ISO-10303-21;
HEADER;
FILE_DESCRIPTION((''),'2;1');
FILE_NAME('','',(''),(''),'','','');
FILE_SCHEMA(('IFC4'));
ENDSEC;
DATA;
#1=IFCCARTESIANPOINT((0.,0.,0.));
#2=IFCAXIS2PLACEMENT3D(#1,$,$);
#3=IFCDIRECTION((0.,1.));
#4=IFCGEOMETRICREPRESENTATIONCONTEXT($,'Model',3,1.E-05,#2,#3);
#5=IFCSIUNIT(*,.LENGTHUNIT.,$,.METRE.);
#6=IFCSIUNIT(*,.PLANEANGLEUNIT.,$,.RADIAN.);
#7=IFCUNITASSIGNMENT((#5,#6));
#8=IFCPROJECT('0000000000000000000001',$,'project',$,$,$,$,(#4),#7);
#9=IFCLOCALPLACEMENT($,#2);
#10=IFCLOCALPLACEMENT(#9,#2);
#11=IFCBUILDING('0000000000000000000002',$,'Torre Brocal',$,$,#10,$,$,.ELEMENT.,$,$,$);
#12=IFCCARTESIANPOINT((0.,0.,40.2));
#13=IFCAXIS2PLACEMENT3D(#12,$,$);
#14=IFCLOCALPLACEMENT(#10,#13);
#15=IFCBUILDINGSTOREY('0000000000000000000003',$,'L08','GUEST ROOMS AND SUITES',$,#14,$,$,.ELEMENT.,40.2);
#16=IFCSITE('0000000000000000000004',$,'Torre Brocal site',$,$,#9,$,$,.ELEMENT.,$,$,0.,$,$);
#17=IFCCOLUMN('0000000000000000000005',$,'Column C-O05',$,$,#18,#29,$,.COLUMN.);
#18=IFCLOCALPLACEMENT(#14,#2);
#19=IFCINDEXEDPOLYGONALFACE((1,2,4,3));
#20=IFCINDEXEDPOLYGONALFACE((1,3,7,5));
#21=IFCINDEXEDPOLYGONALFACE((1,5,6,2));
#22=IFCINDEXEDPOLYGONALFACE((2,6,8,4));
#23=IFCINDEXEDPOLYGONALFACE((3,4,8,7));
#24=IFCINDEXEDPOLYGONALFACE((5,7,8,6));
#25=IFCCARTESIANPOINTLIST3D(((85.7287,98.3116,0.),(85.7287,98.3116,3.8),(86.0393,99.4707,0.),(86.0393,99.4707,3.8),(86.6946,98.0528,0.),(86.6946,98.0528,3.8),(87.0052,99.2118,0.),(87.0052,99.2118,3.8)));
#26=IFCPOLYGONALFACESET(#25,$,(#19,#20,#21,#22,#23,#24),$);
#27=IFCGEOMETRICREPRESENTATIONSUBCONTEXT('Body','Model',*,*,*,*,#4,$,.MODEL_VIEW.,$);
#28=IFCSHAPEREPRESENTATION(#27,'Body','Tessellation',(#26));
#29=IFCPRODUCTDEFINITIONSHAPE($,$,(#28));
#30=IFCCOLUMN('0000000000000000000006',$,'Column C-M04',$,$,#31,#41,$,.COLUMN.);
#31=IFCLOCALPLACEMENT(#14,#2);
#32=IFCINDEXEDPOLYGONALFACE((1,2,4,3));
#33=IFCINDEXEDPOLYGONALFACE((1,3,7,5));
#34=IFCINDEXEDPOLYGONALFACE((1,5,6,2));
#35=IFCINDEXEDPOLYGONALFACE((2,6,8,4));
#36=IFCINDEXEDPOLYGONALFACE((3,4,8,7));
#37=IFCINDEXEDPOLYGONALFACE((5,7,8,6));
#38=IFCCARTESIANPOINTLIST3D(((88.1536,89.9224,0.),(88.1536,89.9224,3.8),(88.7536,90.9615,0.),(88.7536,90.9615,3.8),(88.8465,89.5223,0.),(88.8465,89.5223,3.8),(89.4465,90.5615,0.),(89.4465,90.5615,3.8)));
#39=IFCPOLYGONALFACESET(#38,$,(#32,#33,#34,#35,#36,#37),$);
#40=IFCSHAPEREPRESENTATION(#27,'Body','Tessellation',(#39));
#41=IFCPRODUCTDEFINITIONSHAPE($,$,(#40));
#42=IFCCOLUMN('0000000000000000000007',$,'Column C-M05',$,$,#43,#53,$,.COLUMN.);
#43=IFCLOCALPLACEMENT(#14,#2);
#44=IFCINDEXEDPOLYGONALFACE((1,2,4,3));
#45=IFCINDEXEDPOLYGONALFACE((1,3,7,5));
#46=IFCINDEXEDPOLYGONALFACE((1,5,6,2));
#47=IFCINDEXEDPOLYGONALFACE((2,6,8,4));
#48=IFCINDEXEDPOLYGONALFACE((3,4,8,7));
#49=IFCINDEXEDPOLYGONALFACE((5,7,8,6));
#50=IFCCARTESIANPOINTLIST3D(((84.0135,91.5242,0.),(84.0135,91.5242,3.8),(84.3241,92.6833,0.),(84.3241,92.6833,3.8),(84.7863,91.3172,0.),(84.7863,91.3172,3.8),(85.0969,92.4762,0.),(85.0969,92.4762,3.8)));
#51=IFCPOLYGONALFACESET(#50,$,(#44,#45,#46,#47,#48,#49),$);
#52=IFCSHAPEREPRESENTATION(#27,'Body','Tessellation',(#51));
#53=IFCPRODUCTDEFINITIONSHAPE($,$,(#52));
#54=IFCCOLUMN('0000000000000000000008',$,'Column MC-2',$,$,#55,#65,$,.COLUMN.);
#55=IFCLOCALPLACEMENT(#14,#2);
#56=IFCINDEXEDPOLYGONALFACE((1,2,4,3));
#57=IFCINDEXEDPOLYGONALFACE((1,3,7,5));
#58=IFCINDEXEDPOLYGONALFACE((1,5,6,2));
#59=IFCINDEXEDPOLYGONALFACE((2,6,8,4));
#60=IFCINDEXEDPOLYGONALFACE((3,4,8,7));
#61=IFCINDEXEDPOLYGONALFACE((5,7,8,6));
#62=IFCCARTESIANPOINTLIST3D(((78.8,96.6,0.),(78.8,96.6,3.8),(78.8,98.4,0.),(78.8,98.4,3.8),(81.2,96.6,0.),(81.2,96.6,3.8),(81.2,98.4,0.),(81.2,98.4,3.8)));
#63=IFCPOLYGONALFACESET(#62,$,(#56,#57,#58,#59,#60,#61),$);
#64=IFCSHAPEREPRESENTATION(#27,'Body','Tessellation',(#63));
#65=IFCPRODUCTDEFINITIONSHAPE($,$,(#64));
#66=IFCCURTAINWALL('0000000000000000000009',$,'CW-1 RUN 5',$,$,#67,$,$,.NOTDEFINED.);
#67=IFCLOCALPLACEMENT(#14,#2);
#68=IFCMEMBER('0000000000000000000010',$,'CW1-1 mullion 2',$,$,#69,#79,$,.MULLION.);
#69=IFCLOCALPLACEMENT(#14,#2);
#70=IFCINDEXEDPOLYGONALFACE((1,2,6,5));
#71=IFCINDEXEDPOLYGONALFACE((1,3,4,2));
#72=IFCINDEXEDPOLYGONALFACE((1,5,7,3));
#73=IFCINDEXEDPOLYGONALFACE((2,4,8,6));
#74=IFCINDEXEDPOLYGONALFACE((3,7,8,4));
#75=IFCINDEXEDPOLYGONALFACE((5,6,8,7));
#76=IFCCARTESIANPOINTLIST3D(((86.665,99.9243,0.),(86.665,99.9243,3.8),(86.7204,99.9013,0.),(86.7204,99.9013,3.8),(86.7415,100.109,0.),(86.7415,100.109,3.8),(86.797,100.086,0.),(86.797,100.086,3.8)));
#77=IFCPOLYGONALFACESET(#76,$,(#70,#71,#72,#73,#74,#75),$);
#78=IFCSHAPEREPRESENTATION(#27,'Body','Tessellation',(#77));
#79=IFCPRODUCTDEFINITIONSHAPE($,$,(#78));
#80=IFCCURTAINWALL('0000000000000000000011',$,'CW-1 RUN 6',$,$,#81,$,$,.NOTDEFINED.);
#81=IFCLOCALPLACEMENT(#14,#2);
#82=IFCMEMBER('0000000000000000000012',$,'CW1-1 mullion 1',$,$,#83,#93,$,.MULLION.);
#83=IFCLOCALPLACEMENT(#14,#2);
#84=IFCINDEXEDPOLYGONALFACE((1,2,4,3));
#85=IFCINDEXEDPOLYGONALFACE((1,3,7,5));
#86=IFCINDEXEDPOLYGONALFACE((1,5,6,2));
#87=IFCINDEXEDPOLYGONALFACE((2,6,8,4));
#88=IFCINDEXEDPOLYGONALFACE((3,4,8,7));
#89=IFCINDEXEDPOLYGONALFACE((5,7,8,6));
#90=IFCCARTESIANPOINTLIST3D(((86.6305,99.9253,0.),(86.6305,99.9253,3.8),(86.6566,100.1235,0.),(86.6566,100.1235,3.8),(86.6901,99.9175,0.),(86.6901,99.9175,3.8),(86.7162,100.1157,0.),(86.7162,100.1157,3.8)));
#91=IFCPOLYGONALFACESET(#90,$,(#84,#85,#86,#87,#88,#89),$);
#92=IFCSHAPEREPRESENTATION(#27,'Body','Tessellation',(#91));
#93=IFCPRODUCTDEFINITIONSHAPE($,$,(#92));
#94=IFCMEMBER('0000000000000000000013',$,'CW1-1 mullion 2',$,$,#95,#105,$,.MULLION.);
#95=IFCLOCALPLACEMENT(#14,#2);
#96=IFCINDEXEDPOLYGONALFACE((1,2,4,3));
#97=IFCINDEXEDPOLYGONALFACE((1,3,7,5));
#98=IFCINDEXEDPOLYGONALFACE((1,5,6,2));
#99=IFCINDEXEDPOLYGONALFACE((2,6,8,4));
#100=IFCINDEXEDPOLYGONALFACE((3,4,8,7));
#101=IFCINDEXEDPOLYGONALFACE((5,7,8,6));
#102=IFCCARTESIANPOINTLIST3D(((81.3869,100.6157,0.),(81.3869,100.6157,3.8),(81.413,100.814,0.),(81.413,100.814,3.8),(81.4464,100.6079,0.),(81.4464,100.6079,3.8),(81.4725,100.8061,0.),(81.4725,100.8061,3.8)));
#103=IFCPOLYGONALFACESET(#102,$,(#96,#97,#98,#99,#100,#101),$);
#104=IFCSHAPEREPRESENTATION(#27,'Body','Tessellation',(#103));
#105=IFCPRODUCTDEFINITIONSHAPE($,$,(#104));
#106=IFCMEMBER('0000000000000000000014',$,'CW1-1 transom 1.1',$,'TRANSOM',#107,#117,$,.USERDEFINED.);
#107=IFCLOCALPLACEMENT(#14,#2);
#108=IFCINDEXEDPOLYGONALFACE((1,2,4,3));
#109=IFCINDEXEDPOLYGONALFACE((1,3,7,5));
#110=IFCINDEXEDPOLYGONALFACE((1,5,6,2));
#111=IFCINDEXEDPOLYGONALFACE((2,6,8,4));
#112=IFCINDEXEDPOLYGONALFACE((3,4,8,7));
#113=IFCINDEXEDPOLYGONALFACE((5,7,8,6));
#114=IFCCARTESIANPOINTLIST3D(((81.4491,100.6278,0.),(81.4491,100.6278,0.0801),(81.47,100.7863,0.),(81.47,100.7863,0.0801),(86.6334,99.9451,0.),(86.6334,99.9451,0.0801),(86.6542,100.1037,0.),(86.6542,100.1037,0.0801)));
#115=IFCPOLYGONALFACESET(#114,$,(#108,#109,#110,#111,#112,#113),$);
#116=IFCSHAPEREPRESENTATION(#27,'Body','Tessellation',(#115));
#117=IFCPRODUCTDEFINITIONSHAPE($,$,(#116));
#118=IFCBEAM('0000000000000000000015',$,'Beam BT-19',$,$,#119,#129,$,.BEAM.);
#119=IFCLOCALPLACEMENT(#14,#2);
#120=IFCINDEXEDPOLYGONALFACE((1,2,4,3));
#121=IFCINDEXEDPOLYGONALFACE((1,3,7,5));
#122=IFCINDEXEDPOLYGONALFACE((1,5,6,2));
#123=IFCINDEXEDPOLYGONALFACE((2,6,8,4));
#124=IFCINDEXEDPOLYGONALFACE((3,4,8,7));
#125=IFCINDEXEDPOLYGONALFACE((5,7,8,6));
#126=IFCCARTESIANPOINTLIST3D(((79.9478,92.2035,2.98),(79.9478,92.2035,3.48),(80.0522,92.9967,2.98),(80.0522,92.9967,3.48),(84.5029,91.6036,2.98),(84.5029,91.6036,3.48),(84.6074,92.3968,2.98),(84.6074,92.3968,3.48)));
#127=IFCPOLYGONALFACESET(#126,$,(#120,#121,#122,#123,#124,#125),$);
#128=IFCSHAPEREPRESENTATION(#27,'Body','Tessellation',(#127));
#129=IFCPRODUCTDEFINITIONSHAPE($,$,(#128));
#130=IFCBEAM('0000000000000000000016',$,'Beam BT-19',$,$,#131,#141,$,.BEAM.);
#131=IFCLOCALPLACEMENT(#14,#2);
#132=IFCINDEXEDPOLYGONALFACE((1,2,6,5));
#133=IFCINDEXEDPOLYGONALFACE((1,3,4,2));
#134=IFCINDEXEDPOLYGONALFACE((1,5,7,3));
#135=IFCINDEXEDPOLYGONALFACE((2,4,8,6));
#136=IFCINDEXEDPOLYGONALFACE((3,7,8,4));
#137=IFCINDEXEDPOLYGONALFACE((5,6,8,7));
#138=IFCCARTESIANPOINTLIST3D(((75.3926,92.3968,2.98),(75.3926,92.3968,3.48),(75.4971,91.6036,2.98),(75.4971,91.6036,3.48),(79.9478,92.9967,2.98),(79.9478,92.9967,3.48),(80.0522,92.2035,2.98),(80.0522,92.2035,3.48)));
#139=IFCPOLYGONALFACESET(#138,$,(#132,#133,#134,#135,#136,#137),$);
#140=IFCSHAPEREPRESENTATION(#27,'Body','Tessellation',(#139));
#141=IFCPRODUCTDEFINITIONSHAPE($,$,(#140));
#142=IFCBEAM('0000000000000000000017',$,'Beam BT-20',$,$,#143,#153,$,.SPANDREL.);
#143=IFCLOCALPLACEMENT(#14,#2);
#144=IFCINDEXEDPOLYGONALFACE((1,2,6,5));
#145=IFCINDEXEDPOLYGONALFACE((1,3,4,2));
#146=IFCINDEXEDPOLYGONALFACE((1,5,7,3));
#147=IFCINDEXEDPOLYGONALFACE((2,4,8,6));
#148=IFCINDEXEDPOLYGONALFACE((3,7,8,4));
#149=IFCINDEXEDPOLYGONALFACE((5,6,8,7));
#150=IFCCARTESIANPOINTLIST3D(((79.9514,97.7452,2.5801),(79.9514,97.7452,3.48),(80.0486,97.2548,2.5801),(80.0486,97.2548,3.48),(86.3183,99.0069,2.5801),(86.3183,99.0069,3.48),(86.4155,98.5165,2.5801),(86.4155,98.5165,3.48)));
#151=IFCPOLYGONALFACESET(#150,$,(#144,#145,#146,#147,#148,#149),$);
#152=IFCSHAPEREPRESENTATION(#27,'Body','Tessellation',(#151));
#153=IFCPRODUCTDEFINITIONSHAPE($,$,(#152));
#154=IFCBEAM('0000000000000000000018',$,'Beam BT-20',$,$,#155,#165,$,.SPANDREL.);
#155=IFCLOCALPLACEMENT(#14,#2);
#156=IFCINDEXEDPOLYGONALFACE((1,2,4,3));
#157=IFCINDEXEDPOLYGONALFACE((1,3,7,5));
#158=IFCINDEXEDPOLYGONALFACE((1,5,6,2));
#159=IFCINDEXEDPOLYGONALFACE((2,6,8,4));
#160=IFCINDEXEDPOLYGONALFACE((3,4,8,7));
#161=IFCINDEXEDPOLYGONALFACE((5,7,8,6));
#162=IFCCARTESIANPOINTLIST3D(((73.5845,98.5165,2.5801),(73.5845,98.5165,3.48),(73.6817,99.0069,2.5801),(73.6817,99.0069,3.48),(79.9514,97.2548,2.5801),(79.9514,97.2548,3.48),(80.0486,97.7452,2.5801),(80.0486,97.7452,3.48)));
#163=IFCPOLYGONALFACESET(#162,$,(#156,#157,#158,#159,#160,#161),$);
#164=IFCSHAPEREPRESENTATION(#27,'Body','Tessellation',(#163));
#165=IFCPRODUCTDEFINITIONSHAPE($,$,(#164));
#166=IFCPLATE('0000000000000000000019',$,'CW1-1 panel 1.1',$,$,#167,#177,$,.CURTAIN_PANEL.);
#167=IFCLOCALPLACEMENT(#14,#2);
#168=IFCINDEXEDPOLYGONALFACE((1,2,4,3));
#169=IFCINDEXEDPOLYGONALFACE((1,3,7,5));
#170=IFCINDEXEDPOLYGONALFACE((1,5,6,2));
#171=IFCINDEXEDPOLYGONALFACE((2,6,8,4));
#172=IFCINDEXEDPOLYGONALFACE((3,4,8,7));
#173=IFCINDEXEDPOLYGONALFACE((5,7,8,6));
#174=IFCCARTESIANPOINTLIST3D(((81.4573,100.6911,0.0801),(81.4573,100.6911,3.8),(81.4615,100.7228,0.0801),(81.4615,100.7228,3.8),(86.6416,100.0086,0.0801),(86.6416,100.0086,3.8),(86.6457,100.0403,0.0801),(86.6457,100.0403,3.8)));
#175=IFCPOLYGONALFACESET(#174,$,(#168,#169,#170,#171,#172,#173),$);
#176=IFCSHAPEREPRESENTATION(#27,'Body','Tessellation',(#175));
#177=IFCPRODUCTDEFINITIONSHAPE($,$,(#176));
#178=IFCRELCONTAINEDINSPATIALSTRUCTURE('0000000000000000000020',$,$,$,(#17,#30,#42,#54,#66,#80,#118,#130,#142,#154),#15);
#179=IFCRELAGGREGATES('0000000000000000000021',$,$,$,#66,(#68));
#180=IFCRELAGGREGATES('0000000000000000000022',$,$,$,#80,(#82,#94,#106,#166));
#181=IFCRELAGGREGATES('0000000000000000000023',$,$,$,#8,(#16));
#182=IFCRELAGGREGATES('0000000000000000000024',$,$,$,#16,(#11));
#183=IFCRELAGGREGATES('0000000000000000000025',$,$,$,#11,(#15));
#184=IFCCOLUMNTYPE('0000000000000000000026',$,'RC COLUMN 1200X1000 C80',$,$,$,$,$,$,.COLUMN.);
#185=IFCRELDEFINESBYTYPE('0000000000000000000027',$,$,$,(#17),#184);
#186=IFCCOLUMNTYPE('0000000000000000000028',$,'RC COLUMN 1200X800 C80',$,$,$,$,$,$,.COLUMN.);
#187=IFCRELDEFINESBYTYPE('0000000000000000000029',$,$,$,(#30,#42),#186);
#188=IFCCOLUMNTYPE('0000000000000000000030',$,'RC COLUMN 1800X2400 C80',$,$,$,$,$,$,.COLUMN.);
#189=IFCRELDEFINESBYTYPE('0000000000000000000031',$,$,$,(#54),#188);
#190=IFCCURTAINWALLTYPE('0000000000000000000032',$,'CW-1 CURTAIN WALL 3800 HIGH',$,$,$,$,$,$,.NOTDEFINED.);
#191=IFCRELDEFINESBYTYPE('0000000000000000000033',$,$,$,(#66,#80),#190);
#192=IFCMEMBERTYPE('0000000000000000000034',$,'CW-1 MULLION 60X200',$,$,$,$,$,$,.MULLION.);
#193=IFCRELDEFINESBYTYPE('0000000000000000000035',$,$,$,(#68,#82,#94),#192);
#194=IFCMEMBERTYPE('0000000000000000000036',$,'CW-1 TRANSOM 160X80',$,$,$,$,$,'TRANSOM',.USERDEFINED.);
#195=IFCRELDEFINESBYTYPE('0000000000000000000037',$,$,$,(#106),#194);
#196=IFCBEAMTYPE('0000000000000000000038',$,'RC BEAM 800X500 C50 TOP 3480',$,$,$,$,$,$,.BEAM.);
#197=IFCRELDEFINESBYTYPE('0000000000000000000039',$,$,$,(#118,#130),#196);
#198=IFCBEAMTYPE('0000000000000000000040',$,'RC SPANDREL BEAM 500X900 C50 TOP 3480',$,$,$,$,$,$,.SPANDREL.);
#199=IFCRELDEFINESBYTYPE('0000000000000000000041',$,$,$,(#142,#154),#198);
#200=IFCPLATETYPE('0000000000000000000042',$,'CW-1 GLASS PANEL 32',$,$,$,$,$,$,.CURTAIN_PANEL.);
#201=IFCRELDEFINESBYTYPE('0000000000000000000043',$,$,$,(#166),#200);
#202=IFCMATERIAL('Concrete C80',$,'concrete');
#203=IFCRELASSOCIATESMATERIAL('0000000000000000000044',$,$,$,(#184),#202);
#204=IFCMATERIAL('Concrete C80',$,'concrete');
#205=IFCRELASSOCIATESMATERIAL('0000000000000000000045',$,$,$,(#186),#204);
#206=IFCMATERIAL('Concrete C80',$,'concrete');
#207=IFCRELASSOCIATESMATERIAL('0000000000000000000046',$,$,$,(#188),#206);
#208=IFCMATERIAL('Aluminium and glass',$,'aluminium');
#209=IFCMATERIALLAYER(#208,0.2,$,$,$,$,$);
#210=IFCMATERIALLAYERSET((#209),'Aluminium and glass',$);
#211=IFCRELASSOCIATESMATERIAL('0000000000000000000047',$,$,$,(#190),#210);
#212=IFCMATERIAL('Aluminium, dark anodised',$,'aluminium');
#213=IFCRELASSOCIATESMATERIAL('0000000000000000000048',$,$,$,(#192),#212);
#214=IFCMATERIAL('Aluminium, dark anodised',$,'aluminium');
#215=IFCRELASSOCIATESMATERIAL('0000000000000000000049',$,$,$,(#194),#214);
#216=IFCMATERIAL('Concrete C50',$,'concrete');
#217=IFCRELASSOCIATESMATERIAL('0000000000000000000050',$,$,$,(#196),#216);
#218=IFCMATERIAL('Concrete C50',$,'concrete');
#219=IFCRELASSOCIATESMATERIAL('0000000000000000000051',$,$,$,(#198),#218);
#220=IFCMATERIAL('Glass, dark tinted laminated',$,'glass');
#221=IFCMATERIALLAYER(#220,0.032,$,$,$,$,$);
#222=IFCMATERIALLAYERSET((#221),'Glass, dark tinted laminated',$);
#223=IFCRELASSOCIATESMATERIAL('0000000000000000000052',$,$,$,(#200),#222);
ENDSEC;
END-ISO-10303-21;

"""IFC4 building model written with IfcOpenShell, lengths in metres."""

from ifc_helpers import new_model, si_unit, direction, frame, origin, origin_2d, place, context, subcontext, project, spatial, rectangle, extrude, material, layer, layer_set, material_profile, profile_set, type_object, element, aggregate, save


model = new_model("IFC4")

# Units and contexts
model_context = context("Model", 3, precision=1e-05, world=origin(), true_north=direction((0.0, 1.0)))
body_context = subcontext(model_context, "Body", "Model", "MODEL_VIEW")
ifc_project = project(units=[si_unit("LENGTHUNIT", "METRE"), si_unit("PLANEANGLEUNIT", "RADIAN")], contexts=[model_context])

# Site, building, storey
site_placement = place(None, origin())
site = spatial("IfcSite", under=ifc_project, at=site_placement, Name="Torre Brocal site", CompositionType="ELEMENT", RefElevation=0.0)
building_placement = place(site_placement, origin())
building = spatial("IfcBuilding", under=site, at=building_placement, Name="Torre Brocal", CompositionType="ELEMENT")
storey_placement = place(building_placement, frame((0.0, 0.0, 40.2)))
storey = spatial("IfcBuildingStorey", under=building, at=storey_placement, Name="L08", Description="GUEST ROOMS AND SUITES", CompositionType="ELEMENT", Elevation=40.2)

# Columns
ifc_material_1 = material(Name="Concrete C80", Category="concrete")
ifc_material_profile_1 = material_profile(ifc_material_1, rectangle(XDim=1.2, YDim=1.0, at=origin_2d()), Name="RC 1200X1000")
ifc_profile_set_1 = profile_set([ifc_material_profile_1], Name="Concrete C80")
column_type_1 = type_object("IfcColumnType", Name="RC COLUMN 1200X1000 C80", PredefinedType="COLUMN", material=ifc_profile_set_1)
column_1_placement = place(storey_placement, frame((86.3669, 98.7617, 0.0), z_axis=(0.0, 0.0, 1.0), x_axis=(0.258819, 0.965926, 0.0)))
element("IfcColumn", 1, at=column_1_placement, inside=storey, type_object=column_type_1, Name="Column C-O05", PredefinedType="COLUMN", context=body_context, shape_type="SweptSolid", body=[
    extrude(rectangle(XDim=1.2, YDim=1.0, at=origin_2d()), origin(), (0.0, 0.0, 1.0), 3.8),
])
ifc_material_2 = material(Name="Concrete C80", Category="concrete")
ifc_material_profile_2 = material_profile(ifc_material_2, rectangle(XDim=1.2, YDim=0.8, at=origin_2d()), Name="RC 1200X800")
ifc_profile_set_2 = profile_set([ifc_material_profile_2], Name="Concrete C80")
column_type_2 = type_object("IfcColumnType", Name="RC COLUMN 1200X800 C80", PredefinedType="COLUMN", material=ifc_profile_set_2)
for number, where, z_axis, x_axis, name in (
    (2, (88.8, 90.2419, 0.0), (0.0, 0.0, 1.0), (0.5, 0.866025, 0.0), "Column C-M04"),
    (3, (84.5552, 92.0002, 0.0), (0.0, 0.0, 1.0), (0.258819, 0.965926, 0.0), "Column C-M05"),
):
    element("IfcColumn", number, at=place(storey_placement, frame(where, z_axis=z_axis, x_axis=x_axis)), inside=storey, type_object=column_type_2, Name=name, PredefinedType="COLUMN", context=body_context, shape_type="SweptSolid", body=[
        extrude(rectangle(XDim=1.2, YDim=0.8, at=origin_2d()), origin(), (0.0, 0.0, 1.0), 3.8),
    ])
ifc_material_3 = material(Name="Concrete C80", Category="concrete")
ifc_material_profile_3 = material_profile(ifc_material_3, rectangle(XDim=1.8, YDim=2.3999, at=origin_2d()), Name="RC 1800X2400")
ifc_profile_set_3 = profile_set([ifc_material_profile_3], Name="Concrete C80")
column_type_3 = type_object("IfcColumnType", Name="RC COLUMN 1800X2400 C80", PredefinedType="COLUMN", material=ifc_profile_set_3)
column_2_placement = place(storey_placement, frame((80.0, 97.5, 0.0), z_axis=(0.0, 0.0, 1.0), x_axis=(0.0, 1.0, 0.0)))
element("IfcColumn", 4, at=column_2_placement, inside=storey, type_object=column_type_3, Name="Column MC-2", PredefinedType="COLUMN", context=body_context, shape_type="SweptSolid", body=[
    extrude(rectangle(XDim=1.8, YDim=2.3999, at=origin_2d()), origin(), (0.0, 0.0, 1.0), 3.8),
])

# Curtain wall, member
ifc_material_4 = material(Name="Aluminium and glass", Category="aluminium")
ifc_layer_1 = layer(ifc_material_4, 0.2)
ifc_layer_set_1 = layer_set([ifc_layer_1], Name="Aluminium and glass")
curtain_wall_type = type_object("IfcCurtainWallType", Name="CW-1 CURTAIN WALL 3800 HIGH", PredefinedType="NOTDEFINED", material=ifc_layer_set_1)
curtain_wall_1_placement = place(storey_placement, origin())
curtain_wall_1 = element("IfcCurtainWall", 5, at=curtain_wall_1_placement, inside=storey, type_object=curtain_wall_type, Name="CW-1 RUN 5", PredefinedType="NOTDEFINED")
ifc_material_5 = material(Name="Aluminium, dark anodised", Category="aluminium")
ifc_material_profile_4 = material_profile(ifc_material_5, rectangle(XDim=0.2, YDim=0.0601, at=origin_2d()), Name="CW-1 MULLION 60X200")
ifc_profile_set_4 = profile_set([ifc_material_profile_4], Name="Aluminium, dark anodised")
member_type_1 = type_object("IfcMemberType", Name="CW-1 MULLION 60X200", PredefinedType="MULLION", material=ifc_profile_set_4)
member_1_placement = place(storey_placement, frame((86.731, 100.0051, 0.0), z_axis=(0.0, 0.0, 1.0), x_axis=(-0.382683, -0.92388, 0.0)))
member_1 = element("IfcMember", 6, at=member_1_placement, type_object=member_type_1, Name="CW1-1 mullion 2", PredefinedType="MULLION", context=body_context, shape_type="SweptSolid", body=[
    extrude(rectangle(XDim=0.2, YDim=0.0601, at=origin_2d()), origin(), (0.0, 0.0, 1.0), 3.8),
])
aggregate(curtain_wall_1, [member_1])

# Curtain wall, members
curtain_wall_2_placement = place(storey_placement, origin())
curtain_wall_2 = element("IfcCurtainWall", 7, at=curtain_wall_2_placement, inside=storey, type_object=curtain_wall_type, Name="CW-1 RUN 6", PredefinedType="NOTDEFINED")
member_2_placement = place(storey_placement, frame((86.6733, 100.0205, 0.0), z_axis=(0.0, 0.0, 1.0), x_axis=(-0.130526, -0.991445, 0.0)))
member_2 = element("IfcMember", 8, at=member_2_placement, type_object=member_type_1, Name="CW1-1 mullion 1", PredefinedType="MULLION", context=body_context, shape_type="SweptSolid", body=[
    extrude(rectangle(XDim=0.2, YDim=0.0601, at=origin_2d()), origin(), (0.0, 0.0, 1.0), 3.8),
])
member_3_placement = place(storey_placement, frame((81.4297, 100.7109, 0.0), z_axis=(0.0, 0.0, 1.0), x_axis=(-0.130526, -0.991445, 0.0)))
member_3 = element("IfcMember", 9, at=member_3_placement, type_object=member_type_1, Name="CW1-1 mullion 2", PredefinedType="MULLION", context=body_context, shape_type="SweptSolid", body=[
    extrude(rectangle(XDim=0.2, YDim=0.0601, at=origin_2d()), origin(), (0.0, 0.0, 1.0), 3.8),
])
ifc_material_6 = material(Name="Aluminium, dark anodised", Category="aluminium")
ifc_material_profile_5 = material_profile(ifc_material_6, rectangle(XDim=0.1599, YDim=0.0801, at=origin_2d()), Name="CW-1 TRANSOM 160X80")
ifc_profile_set_5 = profile_set([ifc_material_profile_5], Name="Aluminium, dark anodised")
member_type_2 = type_object("IfcMemberType", Name="CW-1 TRANSOM 160X80", ElementType="TRANSOM", PredefinedType="USERDEFINED", material=ifc_profile_set_5)
member_4_placement = place(storey_placement, frame((86.6438, 100.0244, 0.04), z_axis=(-0.991443, 0.130543, 0.0), x_axis=(-0.130543, -0.991443, 0.0)))
member_4 = element("IfcMember", 10, at=member_4_placement, type_object=member_type_2, Name="CW1-1 transom 1.1", ObjectType="TRANSOM", PredefinedType="USERDEFINED", context=body_context, shape_type="SweptSolid", body=[
    extrude(rectangle(XDim=0.1599, YDim=0.0801, at=origin_2d()), origin(), (0.0, 0.0, 1.0), 5.229),
])

# Beams
ifc_material_7 = material(Name="Concrete C50", Category="concrete")
ifc_material_profile_6 = material_profile(ifc_material_7, rectangle(XDim=0.8, YDim=0.5, at=origin_2d()), Name="RC 800X500")
ifc_profile_set_6 = profile_set([ifc_material_profile_6], Name="Concrete C50")
beam_type_1 = type_object("IfcBeamType", Name="RC BEAM 800X500 C50 TOP 3480", PredefinedType="BEAM", material=ifc_profile_set_6)
for number, where, z_axis, x_axis, name in (
    (11, (84.5552, 92.0002, 3.23), (-0.991441, 0.130559, 0.0), (-0.130559, -0.991441, 0.0), "Beam BT-19"),
    (12, (80.0, 92.6001, 3.23), (-0.991441, -0.130559, 0.0), (0.130559, -0.991441, 0.0), "Beam BT-19"),
):
    element("IfcBeam", number, at=place(storey_placement, frame(where, z_axis=z_axis, x_axis=x_axis)), inside=storey, type_object=beam_type_1, Name=name, PredefinedType="BEAM", context=body_context, shape_type="SweptSolid", body=[
        extrude(rectangle(XDim=0.8, YDim=0.5, at=origin_2d()), origin(), (0.0, 0.0, 1.0), 4.5945),
    ])
ifc_material_8 = material(Name="Concrete C50", Category="concrete")
ifc_material_profile_7 = material_profile(ifc_material_8, rectangle(XDim=0.5, YDim=0.8999, at=origin_2d()), Name="RC 500X900")
ifc_profile_set_7 = profile_set([ifc_material_profile_7], Name="Concrete C50")
beam_type_2 = type_object("IfcBeamType", Name="RC SPANDREL BEAM 500X900 C50 TOP 3480", PredefinedType="SPANDREL", material=ifc_profile_set_7)
for number, where, z_axis, x_axis, name in (
    (13, (86.3669, 98.7617, 3.03), (-0.980925, -0.194387, 0.0), (0.194387, -0.980925, 0.0), "Beam BT-20"),
    (14, (80.0, 97.5, 3.03), (-0.980925, 0.194387, 0.0), (-0.194387, -0.980925, 0.0), "Beam BT-20"),
):
    element("IfcBeam", number, at=place(storey_placement, frame(where, z_axis=z_axis, x_axis=x_axis)), inside=storey, type_object=beam_type_2, Name=name, PredefinedType="SPANDREL", context=body_context, shape_type="SweptSolid", body=[
        extrude(rectangle(XDim=0.5, YDim=0.8999, at=origin_2d()), origin(), (0.0, 0.0, 1.0), 6.4907),
    ])

# Plate
ifc_material_9 = material(Name="Glass, dark tinted laminated", Category="glass")
ifc_layer_2 = layer(ifc_material_9, 0.032)
ifc_layer_set_2 = layer_set([ifc_layer_2], Name="Glass, dark tinted laminated")
plate_type = type_object("IfcPlateType", Name="CW-1 GLASS PANEL 32", PredefinedType="CURTAIN_PANEL", material=ifc_layer_set_2)
plate_placement = place(storey_placement, frame((84.0515, 100.3657, 0.0801), z_axis=(0.0, 0.0, 1.0), x_axis=(-0.991445, 0.130526, 0.0)))
plate = element("IfcPlate", 15, at=plate_placement, type_object=plate_type, Name="CW1-1 panel 1.1", PredefinedType="CURTAIN_PANEL", context=body_context, shape_type="SweptSolid", body=[
    extrude(rectangle(XDim=5.229, YDim=0.032, at=origin_2d()), origin(), (0.0, 0.0, 1.0), 3.72),
])
aggregate(curtain_wall_2, [member_2, member_3, member_4, plate])

save(model, "model.ifc")
